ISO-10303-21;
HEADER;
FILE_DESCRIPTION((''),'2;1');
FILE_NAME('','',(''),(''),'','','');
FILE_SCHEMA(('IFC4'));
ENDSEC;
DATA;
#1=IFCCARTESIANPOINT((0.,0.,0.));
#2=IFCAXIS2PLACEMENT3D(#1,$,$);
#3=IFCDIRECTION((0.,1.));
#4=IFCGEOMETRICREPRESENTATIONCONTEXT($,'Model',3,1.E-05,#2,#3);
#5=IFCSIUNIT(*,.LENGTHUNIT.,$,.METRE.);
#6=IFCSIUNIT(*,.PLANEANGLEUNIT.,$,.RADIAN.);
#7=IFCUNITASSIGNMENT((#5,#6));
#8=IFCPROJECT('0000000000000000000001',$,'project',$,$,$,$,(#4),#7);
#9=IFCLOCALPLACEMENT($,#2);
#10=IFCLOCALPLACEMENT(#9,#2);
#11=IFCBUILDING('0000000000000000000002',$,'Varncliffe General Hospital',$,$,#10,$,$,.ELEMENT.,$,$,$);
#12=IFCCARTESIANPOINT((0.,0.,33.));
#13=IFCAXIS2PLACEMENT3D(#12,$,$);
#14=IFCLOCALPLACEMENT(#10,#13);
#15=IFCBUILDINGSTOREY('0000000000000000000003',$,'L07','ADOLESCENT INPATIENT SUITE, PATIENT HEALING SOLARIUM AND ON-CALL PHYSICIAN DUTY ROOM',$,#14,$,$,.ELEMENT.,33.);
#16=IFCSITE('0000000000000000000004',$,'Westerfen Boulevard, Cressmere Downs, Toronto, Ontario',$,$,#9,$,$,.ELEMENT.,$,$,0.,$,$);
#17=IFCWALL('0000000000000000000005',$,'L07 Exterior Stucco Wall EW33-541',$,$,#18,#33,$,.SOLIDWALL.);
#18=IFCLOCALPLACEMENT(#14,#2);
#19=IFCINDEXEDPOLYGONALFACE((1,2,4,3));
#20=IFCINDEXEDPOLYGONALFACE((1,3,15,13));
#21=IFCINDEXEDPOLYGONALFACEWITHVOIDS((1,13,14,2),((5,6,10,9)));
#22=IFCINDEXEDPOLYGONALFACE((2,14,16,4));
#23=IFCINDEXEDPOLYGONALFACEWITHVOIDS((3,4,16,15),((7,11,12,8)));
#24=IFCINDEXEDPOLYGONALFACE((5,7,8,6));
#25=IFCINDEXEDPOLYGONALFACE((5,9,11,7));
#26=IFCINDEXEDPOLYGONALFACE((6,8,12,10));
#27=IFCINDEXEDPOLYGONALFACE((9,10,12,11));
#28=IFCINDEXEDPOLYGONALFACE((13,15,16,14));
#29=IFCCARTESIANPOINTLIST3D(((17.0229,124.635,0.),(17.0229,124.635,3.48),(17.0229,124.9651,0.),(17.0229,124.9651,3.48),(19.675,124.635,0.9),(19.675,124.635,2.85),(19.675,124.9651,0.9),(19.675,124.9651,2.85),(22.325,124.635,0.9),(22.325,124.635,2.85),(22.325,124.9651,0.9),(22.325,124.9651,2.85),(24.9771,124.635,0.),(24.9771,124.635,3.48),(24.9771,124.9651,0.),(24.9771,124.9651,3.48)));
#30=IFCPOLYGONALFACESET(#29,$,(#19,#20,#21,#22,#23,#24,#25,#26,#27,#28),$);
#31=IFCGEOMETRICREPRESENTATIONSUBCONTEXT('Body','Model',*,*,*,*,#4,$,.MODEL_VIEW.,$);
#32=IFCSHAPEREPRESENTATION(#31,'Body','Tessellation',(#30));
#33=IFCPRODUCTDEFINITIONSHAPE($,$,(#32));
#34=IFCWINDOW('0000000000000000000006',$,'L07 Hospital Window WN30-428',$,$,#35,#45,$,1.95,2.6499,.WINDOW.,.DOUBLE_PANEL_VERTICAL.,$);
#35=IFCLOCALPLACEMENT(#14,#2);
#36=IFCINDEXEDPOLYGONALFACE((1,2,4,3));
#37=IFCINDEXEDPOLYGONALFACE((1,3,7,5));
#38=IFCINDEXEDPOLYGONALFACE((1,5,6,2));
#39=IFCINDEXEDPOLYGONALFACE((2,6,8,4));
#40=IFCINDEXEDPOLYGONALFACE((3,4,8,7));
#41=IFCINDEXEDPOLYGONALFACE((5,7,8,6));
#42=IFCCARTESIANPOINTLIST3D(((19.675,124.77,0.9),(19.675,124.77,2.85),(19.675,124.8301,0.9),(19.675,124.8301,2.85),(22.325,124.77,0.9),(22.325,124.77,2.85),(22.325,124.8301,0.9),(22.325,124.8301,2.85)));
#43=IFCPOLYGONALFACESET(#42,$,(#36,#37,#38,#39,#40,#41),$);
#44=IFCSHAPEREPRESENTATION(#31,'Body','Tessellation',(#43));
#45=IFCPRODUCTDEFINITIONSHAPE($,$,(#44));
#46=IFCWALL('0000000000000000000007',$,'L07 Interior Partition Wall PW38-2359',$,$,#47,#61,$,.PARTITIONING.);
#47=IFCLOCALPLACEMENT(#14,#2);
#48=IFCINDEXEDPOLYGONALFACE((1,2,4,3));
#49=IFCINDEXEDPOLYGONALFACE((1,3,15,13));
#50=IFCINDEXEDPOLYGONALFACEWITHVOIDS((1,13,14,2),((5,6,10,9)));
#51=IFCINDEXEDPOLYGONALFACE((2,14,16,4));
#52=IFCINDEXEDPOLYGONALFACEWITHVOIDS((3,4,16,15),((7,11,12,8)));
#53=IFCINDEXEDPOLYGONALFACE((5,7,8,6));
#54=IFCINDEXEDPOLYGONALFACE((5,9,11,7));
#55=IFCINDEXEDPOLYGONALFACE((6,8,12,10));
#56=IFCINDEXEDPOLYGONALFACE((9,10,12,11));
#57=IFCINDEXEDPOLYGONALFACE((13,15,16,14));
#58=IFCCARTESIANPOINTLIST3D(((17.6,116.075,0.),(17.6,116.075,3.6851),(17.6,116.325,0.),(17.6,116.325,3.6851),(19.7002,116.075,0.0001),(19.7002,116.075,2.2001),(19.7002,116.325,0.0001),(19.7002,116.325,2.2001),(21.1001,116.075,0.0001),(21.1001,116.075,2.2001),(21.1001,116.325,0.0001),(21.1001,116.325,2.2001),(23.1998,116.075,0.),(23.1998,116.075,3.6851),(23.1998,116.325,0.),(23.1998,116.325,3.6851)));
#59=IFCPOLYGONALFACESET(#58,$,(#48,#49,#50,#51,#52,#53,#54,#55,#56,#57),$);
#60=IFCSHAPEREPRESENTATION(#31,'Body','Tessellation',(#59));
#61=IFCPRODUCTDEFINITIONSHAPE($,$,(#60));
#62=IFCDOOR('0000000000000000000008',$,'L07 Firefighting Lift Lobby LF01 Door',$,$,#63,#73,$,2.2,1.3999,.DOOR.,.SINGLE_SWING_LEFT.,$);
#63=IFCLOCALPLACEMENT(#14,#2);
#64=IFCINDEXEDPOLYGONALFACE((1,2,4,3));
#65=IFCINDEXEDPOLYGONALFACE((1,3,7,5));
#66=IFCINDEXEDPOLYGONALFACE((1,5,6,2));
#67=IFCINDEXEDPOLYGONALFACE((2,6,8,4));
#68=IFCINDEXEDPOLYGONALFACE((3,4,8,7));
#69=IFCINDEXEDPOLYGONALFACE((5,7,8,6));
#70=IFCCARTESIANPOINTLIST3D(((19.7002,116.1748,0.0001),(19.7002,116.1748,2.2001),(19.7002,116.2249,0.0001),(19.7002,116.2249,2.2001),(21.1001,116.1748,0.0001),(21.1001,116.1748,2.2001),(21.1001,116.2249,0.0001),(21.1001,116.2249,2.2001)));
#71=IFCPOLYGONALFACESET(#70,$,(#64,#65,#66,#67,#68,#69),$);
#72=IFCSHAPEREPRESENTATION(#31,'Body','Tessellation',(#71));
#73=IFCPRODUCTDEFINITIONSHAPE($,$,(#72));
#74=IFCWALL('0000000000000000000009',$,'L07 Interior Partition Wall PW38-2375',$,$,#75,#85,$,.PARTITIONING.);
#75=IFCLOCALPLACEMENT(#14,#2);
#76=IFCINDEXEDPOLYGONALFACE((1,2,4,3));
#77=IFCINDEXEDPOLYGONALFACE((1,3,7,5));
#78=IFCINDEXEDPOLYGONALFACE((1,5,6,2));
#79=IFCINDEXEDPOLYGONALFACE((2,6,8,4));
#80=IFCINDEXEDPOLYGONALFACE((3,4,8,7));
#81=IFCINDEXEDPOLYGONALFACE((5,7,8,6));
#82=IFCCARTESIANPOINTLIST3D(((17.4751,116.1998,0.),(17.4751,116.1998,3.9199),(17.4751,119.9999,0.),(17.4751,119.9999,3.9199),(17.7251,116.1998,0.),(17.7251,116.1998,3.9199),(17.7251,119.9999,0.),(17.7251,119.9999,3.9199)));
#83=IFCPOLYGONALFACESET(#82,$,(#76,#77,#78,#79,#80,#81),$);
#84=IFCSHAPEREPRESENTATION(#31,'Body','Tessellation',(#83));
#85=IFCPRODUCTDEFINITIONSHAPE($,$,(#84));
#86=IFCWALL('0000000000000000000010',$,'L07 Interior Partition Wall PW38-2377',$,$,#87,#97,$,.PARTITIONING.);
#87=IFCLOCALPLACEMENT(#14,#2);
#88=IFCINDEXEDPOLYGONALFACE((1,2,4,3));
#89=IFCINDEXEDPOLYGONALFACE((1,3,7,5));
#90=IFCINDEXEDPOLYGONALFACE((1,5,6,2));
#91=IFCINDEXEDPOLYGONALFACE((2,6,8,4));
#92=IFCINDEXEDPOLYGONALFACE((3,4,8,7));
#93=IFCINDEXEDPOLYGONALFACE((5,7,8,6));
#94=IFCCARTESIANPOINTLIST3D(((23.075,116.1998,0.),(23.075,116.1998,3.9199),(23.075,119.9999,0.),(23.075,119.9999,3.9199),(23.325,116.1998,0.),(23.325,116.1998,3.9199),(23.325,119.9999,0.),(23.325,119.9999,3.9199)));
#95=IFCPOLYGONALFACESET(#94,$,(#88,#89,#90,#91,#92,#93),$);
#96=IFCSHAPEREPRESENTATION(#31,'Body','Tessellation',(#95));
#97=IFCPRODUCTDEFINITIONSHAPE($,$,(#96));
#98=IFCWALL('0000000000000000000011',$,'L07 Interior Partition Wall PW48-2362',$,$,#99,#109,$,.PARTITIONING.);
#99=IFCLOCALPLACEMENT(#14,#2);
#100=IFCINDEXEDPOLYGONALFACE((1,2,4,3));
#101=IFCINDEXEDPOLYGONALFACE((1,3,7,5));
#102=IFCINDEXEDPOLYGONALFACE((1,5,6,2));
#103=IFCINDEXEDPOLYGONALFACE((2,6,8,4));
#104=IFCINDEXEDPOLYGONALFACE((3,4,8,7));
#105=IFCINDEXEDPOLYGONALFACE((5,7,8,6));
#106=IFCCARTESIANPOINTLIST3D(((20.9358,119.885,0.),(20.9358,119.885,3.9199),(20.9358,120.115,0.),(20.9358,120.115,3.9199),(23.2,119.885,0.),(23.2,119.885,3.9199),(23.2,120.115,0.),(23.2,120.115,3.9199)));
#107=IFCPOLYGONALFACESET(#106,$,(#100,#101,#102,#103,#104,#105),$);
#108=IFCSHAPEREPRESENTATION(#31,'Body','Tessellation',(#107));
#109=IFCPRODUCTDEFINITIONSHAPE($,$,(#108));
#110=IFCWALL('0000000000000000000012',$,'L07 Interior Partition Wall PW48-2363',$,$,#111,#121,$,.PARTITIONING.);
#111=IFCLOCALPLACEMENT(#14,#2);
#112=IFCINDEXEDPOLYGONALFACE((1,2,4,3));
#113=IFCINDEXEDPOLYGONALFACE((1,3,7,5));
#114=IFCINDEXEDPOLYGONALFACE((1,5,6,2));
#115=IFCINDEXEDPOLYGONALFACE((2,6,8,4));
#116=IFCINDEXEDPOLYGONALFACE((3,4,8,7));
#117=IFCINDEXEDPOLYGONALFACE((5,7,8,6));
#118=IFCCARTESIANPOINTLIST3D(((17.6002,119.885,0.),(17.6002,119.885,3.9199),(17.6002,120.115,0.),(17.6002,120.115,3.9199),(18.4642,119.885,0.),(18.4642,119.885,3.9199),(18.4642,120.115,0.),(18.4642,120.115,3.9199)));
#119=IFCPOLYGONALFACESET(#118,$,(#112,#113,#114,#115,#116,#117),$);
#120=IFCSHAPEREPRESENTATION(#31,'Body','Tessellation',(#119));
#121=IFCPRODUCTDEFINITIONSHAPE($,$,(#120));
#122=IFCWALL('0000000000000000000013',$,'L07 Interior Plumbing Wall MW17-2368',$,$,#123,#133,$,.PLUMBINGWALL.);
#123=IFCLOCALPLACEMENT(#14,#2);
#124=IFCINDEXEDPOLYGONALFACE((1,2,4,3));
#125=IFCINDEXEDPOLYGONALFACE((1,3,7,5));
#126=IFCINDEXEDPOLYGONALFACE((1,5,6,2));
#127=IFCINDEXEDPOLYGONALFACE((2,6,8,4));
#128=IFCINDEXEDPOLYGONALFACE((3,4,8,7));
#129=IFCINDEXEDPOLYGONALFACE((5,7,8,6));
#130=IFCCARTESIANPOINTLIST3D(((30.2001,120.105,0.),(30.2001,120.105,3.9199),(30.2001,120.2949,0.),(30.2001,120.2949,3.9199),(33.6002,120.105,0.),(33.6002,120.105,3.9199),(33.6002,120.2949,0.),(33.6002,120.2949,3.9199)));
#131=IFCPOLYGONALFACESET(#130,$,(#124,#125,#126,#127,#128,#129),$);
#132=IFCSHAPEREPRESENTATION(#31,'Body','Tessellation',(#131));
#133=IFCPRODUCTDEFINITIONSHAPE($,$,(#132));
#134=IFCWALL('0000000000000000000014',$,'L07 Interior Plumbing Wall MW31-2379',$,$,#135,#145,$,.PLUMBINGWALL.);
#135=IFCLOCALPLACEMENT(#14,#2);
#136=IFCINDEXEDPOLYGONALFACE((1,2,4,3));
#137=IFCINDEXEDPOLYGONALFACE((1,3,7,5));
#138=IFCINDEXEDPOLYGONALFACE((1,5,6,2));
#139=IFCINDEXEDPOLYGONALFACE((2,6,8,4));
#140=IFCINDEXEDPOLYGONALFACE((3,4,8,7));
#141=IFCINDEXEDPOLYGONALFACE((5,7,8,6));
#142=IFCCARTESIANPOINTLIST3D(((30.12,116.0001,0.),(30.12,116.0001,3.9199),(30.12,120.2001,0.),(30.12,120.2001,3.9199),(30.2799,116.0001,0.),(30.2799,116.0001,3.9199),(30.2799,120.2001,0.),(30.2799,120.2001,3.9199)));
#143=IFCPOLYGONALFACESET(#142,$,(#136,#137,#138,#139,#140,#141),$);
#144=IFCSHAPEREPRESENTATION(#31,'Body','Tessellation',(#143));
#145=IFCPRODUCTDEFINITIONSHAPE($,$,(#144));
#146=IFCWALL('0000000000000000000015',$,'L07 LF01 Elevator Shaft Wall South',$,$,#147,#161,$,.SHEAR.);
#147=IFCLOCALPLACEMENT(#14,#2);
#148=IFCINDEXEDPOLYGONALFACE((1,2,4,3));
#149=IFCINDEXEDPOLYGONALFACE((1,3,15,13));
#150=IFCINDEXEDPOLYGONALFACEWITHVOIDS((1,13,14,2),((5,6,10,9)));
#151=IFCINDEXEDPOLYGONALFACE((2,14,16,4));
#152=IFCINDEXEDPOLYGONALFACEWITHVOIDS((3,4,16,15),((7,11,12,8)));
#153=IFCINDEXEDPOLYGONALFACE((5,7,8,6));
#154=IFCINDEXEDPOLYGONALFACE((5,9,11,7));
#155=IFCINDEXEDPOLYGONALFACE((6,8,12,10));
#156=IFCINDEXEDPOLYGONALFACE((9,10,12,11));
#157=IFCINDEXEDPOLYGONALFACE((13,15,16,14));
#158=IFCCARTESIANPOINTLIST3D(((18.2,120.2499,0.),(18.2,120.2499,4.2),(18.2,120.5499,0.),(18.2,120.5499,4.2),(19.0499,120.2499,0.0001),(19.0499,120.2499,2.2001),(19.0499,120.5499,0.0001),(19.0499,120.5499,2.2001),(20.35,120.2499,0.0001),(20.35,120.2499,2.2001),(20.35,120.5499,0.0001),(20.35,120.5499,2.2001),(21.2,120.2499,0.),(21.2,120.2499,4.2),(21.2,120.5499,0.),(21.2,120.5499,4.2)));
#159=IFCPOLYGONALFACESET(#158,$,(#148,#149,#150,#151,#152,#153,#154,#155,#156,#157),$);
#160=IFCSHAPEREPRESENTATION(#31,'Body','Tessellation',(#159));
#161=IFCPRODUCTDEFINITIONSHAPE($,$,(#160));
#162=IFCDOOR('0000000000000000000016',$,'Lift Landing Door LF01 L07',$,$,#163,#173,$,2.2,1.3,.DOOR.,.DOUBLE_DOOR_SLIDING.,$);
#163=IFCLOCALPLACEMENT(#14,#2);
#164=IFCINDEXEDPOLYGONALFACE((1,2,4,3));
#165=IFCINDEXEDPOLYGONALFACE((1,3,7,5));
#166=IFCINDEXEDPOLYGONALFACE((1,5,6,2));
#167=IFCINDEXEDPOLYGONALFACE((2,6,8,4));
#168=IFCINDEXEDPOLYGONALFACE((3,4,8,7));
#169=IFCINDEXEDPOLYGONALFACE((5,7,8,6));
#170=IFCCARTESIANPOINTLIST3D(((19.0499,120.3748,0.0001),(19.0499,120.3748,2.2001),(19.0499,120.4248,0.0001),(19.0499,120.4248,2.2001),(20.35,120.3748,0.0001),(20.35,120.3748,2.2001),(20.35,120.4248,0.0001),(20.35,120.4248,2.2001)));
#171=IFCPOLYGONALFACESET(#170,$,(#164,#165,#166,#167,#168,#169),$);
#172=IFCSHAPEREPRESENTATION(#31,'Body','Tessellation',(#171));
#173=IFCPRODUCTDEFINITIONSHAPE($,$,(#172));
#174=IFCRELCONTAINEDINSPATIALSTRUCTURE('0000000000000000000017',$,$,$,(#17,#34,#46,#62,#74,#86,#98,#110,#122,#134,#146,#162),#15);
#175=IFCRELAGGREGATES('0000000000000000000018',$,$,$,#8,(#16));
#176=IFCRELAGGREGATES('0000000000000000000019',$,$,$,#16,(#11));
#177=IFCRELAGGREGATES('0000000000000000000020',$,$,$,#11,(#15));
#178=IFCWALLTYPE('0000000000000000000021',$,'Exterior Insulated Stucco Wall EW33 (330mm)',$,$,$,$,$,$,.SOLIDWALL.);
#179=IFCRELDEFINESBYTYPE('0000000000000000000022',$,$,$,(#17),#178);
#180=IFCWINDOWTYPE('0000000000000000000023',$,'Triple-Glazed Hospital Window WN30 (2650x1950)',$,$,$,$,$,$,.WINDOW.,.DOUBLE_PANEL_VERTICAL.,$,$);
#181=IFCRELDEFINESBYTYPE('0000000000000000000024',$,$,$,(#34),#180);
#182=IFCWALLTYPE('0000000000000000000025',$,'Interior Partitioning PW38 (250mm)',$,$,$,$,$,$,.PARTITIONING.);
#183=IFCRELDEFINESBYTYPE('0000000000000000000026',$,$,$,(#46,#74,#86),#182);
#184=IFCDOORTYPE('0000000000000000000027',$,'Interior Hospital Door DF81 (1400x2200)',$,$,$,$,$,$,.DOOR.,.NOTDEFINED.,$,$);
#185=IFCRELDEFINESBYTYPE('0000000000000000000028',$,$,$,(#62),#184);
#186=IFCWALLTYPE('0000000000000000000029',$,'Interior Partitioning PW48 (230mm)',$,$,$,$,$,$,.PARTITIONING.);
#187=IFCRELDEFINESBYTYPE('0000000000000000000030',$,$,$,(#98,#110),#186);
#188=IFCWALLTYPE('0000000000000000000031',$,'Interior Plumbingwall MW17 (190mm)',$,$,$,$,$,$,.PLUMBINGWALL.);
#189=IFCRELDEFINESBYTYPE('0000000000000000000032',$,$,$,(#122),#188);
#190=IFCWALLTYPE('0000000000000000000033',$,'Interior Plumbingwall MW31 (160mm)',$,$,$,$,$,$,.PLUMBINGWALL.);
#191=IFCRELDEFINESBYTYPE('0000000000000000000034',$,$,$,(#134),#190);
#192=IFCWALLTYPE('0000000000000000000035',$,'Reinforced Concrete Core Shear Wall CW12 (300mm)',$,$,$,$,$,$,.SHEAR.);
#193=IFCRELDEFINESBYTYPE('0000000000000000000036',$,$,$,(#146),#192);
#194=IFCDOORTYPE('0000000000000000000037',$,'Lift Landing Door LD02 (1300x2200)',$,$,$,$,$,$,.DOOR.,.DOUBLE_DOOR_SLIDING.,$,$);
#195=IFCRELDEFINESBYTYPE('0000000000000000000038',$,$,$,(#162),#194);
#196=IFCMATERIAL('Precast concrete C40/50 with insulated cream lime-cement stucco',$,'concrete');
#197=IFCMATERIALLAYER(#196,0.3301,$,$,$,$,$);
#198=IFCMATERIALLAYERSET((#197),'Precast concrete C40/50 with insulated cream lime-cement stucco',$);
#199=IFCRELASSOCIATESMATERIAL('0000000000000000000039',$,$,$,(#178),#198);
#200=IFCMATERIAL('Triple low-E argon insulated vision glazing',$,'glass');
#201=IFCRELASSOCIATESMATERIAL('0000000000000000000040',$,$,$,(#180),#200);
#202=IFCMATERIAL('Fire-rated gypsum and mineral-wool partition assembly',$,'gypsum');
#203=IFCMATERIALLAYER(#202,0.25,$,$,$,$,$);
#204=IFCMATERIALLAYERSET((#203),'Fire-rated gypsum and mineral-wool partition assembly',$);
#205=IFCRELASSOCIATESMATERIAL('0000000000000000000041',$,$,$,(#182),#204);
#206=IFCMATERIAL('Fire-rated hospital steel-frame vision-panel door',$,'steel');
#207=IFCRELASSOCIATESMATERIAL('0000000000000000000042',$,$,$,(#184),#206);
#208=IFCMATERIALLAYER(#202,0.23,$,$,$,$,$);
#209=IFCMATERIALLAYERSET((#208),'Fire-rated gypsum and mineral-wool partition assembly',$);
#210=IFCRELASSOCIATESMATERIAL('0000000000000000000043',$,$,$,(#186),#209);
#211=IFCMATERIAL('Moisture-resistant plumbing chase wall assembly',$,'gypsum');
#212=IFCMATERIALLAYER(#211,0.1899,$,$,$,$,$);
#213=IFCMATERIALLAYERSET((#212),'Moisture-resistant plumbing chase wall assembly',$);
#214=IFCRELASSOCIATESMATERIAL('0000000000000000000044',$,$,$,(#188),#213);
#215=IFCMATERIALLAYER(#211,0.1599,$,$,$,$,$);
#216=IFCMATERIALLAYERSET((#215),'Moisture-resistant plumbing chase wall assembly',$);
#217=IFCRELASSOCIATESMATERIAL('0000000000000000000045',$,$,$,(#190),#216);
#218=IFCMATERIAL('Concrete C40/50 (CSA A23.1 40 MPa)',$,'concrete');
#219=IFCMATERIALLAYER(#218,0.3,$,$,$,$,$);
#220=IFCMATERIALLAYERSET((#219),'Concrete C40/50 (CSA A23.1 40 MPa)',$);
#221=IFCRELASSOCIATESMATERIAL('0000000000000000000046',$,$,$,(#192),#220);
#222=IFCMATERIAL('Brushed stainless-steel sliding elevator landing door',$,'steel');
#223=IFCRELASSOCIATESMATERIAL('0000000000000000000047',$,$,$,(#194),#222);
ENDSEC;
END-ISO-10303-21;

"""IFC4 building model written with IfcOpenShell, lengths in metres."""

from ifc_helpers import new_model, si_unit, direction, frame, frame_2d, origin, place, context, subcontext, project, spatial, rectangle, extrude, material, layer, layer_set, type_object, element, fill, save


model = new_model("IFC4")

# Units and contexts
model_context = context("Model", 3, precision=1e-05, world=origin(), true_north=direction((0.0, 1.0)))
body_context = subcontext(model_context, "Body", "Model", "MODEL_VIEW")
ifc_project = project(units=[si_unit("LENGTHUNIT", "METRE"), si_unit("PLANEANGLEUNIT", "RADIAN")], contexts=[model_context])

# Site, building, storey
site_placement = place(None, origin())
site = spatial("IfcSite", under=ifc_project, at=site_placement, Name="Westerfen Boulevard, Cressmere Downs, Toronto, Ontario", CompositionType="ELEMENT", RefElevation=0.0)
building_placement = place(site_placement, origin())
building = spatial("IfcBuilding", under=site, at=building_placement, Name="Varncliffe General Hospital", CompositionType="ELEMENT")
storey_placement = place(building_placement, frame((0.0, 0.0, 33.0)))
storey = spatial("IfcBuildingStorey", under=building, at=storey_placement, Name="L07", Description="ADOLESCENT INPATIENT SUITE, PATIENT HEALING SOLARIUM AND ON-CALL PHYSICIAN DUTY ROOM", CompositionType="ELEMENT", Elevation=33.0)

# Shared definitions
ifc_material_1 = material(Name="Concrete C40/50 (CSA A23.1 40 MPa)", Category="concrete")

# Wall, opening, window
ifc_material_2 = material(Name="Precast concrete C40/50 with insulated cream lime-cement stucco", Category="concrete")
ifc_material_3 = material(Name="Triple low-E argon insulated vision glazing", Category="glass")
ifc_layer_1 = layer(ifc_material_2, 0.3301)
ifc_layer_set_1 = layer_set([ifc_layer_1], Name="Precast concrete C40/50 with insulated cream lime-cement stucco")
wall_type_1 = type_object("IfcWallType", Name="Exterior Insulated Stucco Wall EW33 (330mm)", PredefinedType="SOLIDWALL", material=ifc_layer_set_1)
wall_1_placement = place(storey_placement, frame((17.0229, 124.8, 0.0), z_axis=(0.0, 0.0, 1.0), x_axis=(1.0, 0.0, 0.0)))
wall_1 = element("IfcWall", 1, at=wall_1_placement, inside=storey, type_object=wall_type_1, Name="L07 Exterior Stucco Wall EW33-541", PredefinedType="SOLIDWALL", context=body_context, shape_type="SweptSolid", body=[
    extrude(rectangle(XDim=7.9541, YDim=0.3301, at=frame_2d((3.9771, 0.0))), origin(), (0.0, 0.0, 1.0), 3.48),
])
opening_1_placement = place(wall_1_placement, frame((2.6521, 0.0, 0.8999)))
opening_1 = element("IfcOpeningElement", 2, at=opening_1_placement, cuts=wall_1, PredefinedType="OPENING", context=body_context, shape_type="SweptSolid", body=[
    extrude(rectangle(XDim=2.6499, YDim=1.95, at=frame_2d((1.325, 0.9751))), frame((0.0, 0.175, 0.0), z_axis=(0.0, -1.0, 0.0), x_axis=(1.0, 0.0, 0.0)), (0.0, 0.0, 1.0), 0.3501),
])
window_type_1 = type_object("IfcWindowType", Name="Triple-Glazed Hospital Window WN30 (2650x1950)", PartitioningType="DOUBLE_PANEL_VERTICAL", PredefinedType="WINDOW", material=ifc_material_3)
window_1_placement = place(opening_1_placement, origin())
window_1 = element("IfcWindow", 3, at=window_1_placement, inside=storey, type_object=window_type_1, Name="L07 Hospital Window WN30-428", OverallHeight=1.95, OverallWidth=2.6499, PartitioningType="DOUBLE_PANEL_VERTICAL", PredefinedType="WINDOW", context=body_context, shape_type="SweptSolid", body=[
    extrude(rectangle(XDim=2.6499, YDim=1.95, at=frame_2d((1.325, 0.9751))), frame((0.0, 0.03, 0.0), z_axis=(0.0, -1.0, 0.0), x_axis=(1.0, 0.0, 0.0)), (0.0, 0.0, 1.0), 0.0601),
])
fill(opening_1, window_1)

# Wall, opening, door
ifc_material_4 = material(Name="Fire-rated gypsum and mineral-wool partition assembly", Category="gypsum")
ifc_layer_2 = layer(ifc_material_4, 0.25)
ifc_layer_set_2 = layer_set([ifc_layer_2], Name="Fire-rated gypsum and mineral-wool partition assembly")
wall_type_2 = type_object("IfcWallType", Name="Interior Partitioning PW38 (250mm)", PredefinedType="PARTITIONING", material=ifc_layer_set_2)
wall_2_placement = place(storey_placement, frame((17.6001, 116.2, 0.0), z_axis=(0.0, 0.0, 1.0), x_axis=(1.0, 0.0, 0.0)))
wall_2 = element("IfcWall", 4, at=wall_2_placement, inside=storey, type_object=wall_type_2, Name="L07 Interior Partition Wall PW38-2359", PredefinedType="PARTITIONING", context=body_context, shape_type="SweptSolid", body=[
    extrude(rectangle(XDim=5.5999, YDim=0.25, at=frame_2d((2.7998, 0.0))), origin(), (0.0, 0.0, 1.0), 3.6851),
])
opening_2_placement = place(wall_2_placement, frame((2.1001, 0.0, 0.0)))
opening_2 = element("IfcOpeningElement", 5, at=opening_2_placement, cuts=wall_2, PredefinedType="OPENING", context=body_context, shape_type="SweptSolid", body=[
    extrude(rectangle(XDim=1.3999, YDim=2.2, at=frame_2d((0.7, 1.1001))), frame((0.0, 0.135, 0.0), z_axis=(0.0, -1.0, 0.0), x_axis=(1.0, 0.0, 0.0)), (0.0, 0.0, 1.0), 0.27),
])
ifc_material_5 = material(Name="Fire-rated hospital steel-frame vision-panel door", Category="steel")
door_type_1 = type_object("IfcDoorType", Name="Interior Hospital Door DF81 (1400x2200)", OperationType="NOTDEFINED", PredefinedType="DOOR", material=ifc_material_5)
door_1_placement = place(opening_2_placement, origin())
door_1 = element("IfcDoor", 6, at=door_1_placement, inside=storey, type_object=door_type_1, Name="L07 Firefighting Lift Lobby LF01 Door", OperationType="SINGLE_SWING_LEFT", OverallHeight=2.2, OverallWidth=1.3999, PredefinedType="DOOR", context=body_context, shape_type="SweptSolid", body=[
    extrude(rectangle(XDim=1.3999, YDim=2.2, at=frame_2d((0.7, 1.1001))), frame((0.0, 0.0249, 0.0), z_axis=(0.0, -1.0, 0.0), x_axis=(1.0, 0.0, 0.0)), (0.0, 0.0, 1.0), 0.05),
])
fill(opening_2, door_1)

# Walls
for number, where, z_axis, x_axis, name in (
    (7, (17.6001, 116.2, 0.0), (0.0, 0.0, 1.0), (0.0, 1.0, 0.0), "L07 Interior Partition Wall PW38-2375"),
    (8, (23.2, 116.2, 0.0), (0.0, 0.0, 1.0), (0.0, 1.0, 0.0), "L07 Interior Partition Wall PW38-2377"),
):
    element("IfcWall", number, at=place(storey_placement, frame(where, z_axis=z_axis, x_axis=x_axis)), inside=storey, type_object=wall_type_2, Name=name, PredefinedType="PARTITIONING", context=body_context, shape_type="SweptSolid", body=[
        extrude(rectangle(XDim=3.8, YDim=0.25, at=frame_2d((1.8999, 0.0))), origin(), (0.0, 0.0, 1.0), 3.9199),
    ])
ifc_layer_3 = layer(ifc_material_4, 0.23)
ifc_layer_set_3 = layer_set([ifc_layer_3], Name="Fire-rated gypsum and mineral-wool partition assembly")
wall_type_3 = type_object("IfcWallType", Name="Interior Partitioning PW48 (230mm)", PredefinedType="PARTITIONING", material=ifc_layer_set_3)
wall_3_placement = place(storey_placement, frame((20.9358, 120.0, 0.0), z_axis=(0.0, 0.0, 1.0), x_axis=(1.0, 0.0, 0.0)))
element("IfcWall", 9, at=wall_3_placement, inside=storey, type_object=wall_type_3, Name="L07 Interior Partition Wall PW48-2362", PredefinedType="PARTITIONING", context=body_context, shape_type="SweptSolid", body=[
    extrude(rectangle(XDim=2.2642, YDim=0.23, at=frame_2d((1.1321, 0.0))), origin(), (0.0, 0.0, 1.0), 3.9199),
])
wall_4_placement = place(storey_placement, frame((17.6001, 120.0, 0.0), z_axis=(0.0, 0.0, 1.0), x_axis=(1.0, 0.0, 0.0)))
element("IfcWall", 10, at=wall_4_placement, inside=storey, type_object=wall_type_3, Name="L07 Interior Partition Wall PW48-2363", PredefinedType="PARTITIONING", context=body_context, shape_type="SweptSolid", body=[
    extrude(rectangle(XDim=0.864, YDim=0.23, at=frame_2d((0.4321, 0.0))), origin(), (0.0, 0.0, 1.0), 3.9199),
])
ifc_material_6 = material(Name="Moisture-resistant plumbing chase wall assembly", Category="gypsum")
ifc_layer_4 = layer(ifc_material_6, 0.1899)
ifc_layer_set_4 = layer_set([ifc_layer_4], Name="Moisture-resistant plumbing chase wall assembly")
wall_type_4 = type_object("IfcWallType", Name="Interior Plumbingwall MW17 (190mm)", PredefinedType="PLUMBINGWALL", material=ifc_layer_set_4)
wall_5_placement = place(storey_placement, frame((30.2, 120.2, 0.0), z_axis=(0.0, 0.0, 1.0), x_axis=(1.0, 0.0, 0.0)))
element("IfcWall", 11, at=wall_5_placement, inside=storey, type_object=wall_type_4, Name="L07 Interior Plumbing Wall MW17-2368", PredefinedType="PLUMBINGWALL", context=body_context, shape_type="SweptSolid", body=[
    extrude(rectangle(XDim=3.4001, YDim=0.1899, at=frame_2d((1.7002, 0.0))), origin(), (0.0, 0.0, 1.0), 3.9199),
])
ifc_layer_5 = layer(ifc_material_6, 0.1599)
ifc_layer_set_5 = layer_set([ifc_layer_5], Name="Moisture-resistant plumbing chase wall assembly")
wall_type_5 = type_object("IfcWallType", Name="Interior Plumbingwall MW31 (160mm)", PredefinedType="PLUMBINGWALL", material=ifc_layer_set_5)
wall_6_placement = place(storey_placement, frame((30.2, 116.0, 0.0), z_axis=(0.0, 0.0, 1.0), x_axis=(0.0, 1.0, 0.0)))
element("IfcWall", 12, at=wall_6_placement, inside=storey, type_object=wall_type_5, Name="L07 Interior Plumbing Wall MW31-2379", PredefinedType="PLUMBINGWALL", context=body_context, shape_type="SweptSolid", body=[
    extrude(rectangle(XDim=4.2, YDim=0.1599, at=frame_2d((2.1001, 0.0))), origin(), (0.0, 0.0, 1.0), 3.9199),
])

# Wall, opening, door
ifc_layer_6 = layer(ifc_material_1, 0.3)
ifc_layer_set_6 = layer_set([ifc_layer_6], Name="Concrete C40/50 (CSA A23.1 40 MPa)")
wall_type_6 = type_object("IfcWallType", Name="Reinforced Concrete Core Shear Wall CW12 (300mm)", PredefinedType="SHEAR", material=ifc_layer_set_6)
wall_7_placement = place(storey_placement, frame((18.2, 120.3999, 0.0), z_axis=(0.0, 0.0, 1.0), x_axis=(1.0, 0.0, 0.0)))
wall_7 = element("IfcWall", 13, at=wall_7_placement, inside=storey, type_object=wall_type_6, Name="L07 LF01 Elevator Shaft Wall South", PredefinedType="SHEAR", context=body_context, shape_type="SweptSolid", body=[
    extrude(rectangle(XDim=3.0, YDim=0.3, at=frame_2d((1.5, 0.0))), origin(), (0.0, 0.0, 1.0), 4.2),
])
opening_3_placement = place(wall_7_placement, frame((0.8501, 0.0, 0.0)))
opening_3 = element("IfcOpeningElement", 14, at=opening_3_placement, cuts=wall_7, PredefinedType="OPENING", context=body_context, shape_type="SweptSolid", body=[
    extrude(rectangle(XDim=1.3, YDim=2.2, at=frame_2d((0.6499, 1.1001))), frame((0.0, 0.1602, 0.0), z_axis=(0.0, -1.0, 0.0), x_axis=(1.0, 0.0, 0.0)), (0.0, 0.0, 1.0), 0.3201),
])
ifc_material_7 = material(Name="Brushed stainless-steel sliding elevator landing door", Category="steel")
door_type_2 = type_object("IfcDoorType", Name="Lift Landing Door LD02 (1300x2200)", OperationType="DOUBLE_DOOR_SLIDING", PredefinedType="DOOR", material=ifc_material_7)
door_2_placement = place(opening_3_placement, origin())
door_2 = element("IfcDoor", 15, at=door_2_placement, inside=storey, type_object=door_type_2, Name="Lift Landing Door LF01 L07", OperationType="DOUBLE_DOOR_SLIDING", OverallHeight=2.2, OverallWidth=1.3, PredefinedType="DOOR", context=body_context, shape_type="SweptSolid", body=[
    extrude(rectangle(XDim=1.3, YDim=2.2, at=frame_2d((0.6499, 1.1001))), frame((0.0, 0.0249, 0.0), z_axis=(0.0, -1.0, 0.0), x_axis=(1.0, 0.0, 0.0)), (0.0, 0.0, 1.0), 0.05),
])
fill(opening_3, door_2)

save(model, "model.ifc")
